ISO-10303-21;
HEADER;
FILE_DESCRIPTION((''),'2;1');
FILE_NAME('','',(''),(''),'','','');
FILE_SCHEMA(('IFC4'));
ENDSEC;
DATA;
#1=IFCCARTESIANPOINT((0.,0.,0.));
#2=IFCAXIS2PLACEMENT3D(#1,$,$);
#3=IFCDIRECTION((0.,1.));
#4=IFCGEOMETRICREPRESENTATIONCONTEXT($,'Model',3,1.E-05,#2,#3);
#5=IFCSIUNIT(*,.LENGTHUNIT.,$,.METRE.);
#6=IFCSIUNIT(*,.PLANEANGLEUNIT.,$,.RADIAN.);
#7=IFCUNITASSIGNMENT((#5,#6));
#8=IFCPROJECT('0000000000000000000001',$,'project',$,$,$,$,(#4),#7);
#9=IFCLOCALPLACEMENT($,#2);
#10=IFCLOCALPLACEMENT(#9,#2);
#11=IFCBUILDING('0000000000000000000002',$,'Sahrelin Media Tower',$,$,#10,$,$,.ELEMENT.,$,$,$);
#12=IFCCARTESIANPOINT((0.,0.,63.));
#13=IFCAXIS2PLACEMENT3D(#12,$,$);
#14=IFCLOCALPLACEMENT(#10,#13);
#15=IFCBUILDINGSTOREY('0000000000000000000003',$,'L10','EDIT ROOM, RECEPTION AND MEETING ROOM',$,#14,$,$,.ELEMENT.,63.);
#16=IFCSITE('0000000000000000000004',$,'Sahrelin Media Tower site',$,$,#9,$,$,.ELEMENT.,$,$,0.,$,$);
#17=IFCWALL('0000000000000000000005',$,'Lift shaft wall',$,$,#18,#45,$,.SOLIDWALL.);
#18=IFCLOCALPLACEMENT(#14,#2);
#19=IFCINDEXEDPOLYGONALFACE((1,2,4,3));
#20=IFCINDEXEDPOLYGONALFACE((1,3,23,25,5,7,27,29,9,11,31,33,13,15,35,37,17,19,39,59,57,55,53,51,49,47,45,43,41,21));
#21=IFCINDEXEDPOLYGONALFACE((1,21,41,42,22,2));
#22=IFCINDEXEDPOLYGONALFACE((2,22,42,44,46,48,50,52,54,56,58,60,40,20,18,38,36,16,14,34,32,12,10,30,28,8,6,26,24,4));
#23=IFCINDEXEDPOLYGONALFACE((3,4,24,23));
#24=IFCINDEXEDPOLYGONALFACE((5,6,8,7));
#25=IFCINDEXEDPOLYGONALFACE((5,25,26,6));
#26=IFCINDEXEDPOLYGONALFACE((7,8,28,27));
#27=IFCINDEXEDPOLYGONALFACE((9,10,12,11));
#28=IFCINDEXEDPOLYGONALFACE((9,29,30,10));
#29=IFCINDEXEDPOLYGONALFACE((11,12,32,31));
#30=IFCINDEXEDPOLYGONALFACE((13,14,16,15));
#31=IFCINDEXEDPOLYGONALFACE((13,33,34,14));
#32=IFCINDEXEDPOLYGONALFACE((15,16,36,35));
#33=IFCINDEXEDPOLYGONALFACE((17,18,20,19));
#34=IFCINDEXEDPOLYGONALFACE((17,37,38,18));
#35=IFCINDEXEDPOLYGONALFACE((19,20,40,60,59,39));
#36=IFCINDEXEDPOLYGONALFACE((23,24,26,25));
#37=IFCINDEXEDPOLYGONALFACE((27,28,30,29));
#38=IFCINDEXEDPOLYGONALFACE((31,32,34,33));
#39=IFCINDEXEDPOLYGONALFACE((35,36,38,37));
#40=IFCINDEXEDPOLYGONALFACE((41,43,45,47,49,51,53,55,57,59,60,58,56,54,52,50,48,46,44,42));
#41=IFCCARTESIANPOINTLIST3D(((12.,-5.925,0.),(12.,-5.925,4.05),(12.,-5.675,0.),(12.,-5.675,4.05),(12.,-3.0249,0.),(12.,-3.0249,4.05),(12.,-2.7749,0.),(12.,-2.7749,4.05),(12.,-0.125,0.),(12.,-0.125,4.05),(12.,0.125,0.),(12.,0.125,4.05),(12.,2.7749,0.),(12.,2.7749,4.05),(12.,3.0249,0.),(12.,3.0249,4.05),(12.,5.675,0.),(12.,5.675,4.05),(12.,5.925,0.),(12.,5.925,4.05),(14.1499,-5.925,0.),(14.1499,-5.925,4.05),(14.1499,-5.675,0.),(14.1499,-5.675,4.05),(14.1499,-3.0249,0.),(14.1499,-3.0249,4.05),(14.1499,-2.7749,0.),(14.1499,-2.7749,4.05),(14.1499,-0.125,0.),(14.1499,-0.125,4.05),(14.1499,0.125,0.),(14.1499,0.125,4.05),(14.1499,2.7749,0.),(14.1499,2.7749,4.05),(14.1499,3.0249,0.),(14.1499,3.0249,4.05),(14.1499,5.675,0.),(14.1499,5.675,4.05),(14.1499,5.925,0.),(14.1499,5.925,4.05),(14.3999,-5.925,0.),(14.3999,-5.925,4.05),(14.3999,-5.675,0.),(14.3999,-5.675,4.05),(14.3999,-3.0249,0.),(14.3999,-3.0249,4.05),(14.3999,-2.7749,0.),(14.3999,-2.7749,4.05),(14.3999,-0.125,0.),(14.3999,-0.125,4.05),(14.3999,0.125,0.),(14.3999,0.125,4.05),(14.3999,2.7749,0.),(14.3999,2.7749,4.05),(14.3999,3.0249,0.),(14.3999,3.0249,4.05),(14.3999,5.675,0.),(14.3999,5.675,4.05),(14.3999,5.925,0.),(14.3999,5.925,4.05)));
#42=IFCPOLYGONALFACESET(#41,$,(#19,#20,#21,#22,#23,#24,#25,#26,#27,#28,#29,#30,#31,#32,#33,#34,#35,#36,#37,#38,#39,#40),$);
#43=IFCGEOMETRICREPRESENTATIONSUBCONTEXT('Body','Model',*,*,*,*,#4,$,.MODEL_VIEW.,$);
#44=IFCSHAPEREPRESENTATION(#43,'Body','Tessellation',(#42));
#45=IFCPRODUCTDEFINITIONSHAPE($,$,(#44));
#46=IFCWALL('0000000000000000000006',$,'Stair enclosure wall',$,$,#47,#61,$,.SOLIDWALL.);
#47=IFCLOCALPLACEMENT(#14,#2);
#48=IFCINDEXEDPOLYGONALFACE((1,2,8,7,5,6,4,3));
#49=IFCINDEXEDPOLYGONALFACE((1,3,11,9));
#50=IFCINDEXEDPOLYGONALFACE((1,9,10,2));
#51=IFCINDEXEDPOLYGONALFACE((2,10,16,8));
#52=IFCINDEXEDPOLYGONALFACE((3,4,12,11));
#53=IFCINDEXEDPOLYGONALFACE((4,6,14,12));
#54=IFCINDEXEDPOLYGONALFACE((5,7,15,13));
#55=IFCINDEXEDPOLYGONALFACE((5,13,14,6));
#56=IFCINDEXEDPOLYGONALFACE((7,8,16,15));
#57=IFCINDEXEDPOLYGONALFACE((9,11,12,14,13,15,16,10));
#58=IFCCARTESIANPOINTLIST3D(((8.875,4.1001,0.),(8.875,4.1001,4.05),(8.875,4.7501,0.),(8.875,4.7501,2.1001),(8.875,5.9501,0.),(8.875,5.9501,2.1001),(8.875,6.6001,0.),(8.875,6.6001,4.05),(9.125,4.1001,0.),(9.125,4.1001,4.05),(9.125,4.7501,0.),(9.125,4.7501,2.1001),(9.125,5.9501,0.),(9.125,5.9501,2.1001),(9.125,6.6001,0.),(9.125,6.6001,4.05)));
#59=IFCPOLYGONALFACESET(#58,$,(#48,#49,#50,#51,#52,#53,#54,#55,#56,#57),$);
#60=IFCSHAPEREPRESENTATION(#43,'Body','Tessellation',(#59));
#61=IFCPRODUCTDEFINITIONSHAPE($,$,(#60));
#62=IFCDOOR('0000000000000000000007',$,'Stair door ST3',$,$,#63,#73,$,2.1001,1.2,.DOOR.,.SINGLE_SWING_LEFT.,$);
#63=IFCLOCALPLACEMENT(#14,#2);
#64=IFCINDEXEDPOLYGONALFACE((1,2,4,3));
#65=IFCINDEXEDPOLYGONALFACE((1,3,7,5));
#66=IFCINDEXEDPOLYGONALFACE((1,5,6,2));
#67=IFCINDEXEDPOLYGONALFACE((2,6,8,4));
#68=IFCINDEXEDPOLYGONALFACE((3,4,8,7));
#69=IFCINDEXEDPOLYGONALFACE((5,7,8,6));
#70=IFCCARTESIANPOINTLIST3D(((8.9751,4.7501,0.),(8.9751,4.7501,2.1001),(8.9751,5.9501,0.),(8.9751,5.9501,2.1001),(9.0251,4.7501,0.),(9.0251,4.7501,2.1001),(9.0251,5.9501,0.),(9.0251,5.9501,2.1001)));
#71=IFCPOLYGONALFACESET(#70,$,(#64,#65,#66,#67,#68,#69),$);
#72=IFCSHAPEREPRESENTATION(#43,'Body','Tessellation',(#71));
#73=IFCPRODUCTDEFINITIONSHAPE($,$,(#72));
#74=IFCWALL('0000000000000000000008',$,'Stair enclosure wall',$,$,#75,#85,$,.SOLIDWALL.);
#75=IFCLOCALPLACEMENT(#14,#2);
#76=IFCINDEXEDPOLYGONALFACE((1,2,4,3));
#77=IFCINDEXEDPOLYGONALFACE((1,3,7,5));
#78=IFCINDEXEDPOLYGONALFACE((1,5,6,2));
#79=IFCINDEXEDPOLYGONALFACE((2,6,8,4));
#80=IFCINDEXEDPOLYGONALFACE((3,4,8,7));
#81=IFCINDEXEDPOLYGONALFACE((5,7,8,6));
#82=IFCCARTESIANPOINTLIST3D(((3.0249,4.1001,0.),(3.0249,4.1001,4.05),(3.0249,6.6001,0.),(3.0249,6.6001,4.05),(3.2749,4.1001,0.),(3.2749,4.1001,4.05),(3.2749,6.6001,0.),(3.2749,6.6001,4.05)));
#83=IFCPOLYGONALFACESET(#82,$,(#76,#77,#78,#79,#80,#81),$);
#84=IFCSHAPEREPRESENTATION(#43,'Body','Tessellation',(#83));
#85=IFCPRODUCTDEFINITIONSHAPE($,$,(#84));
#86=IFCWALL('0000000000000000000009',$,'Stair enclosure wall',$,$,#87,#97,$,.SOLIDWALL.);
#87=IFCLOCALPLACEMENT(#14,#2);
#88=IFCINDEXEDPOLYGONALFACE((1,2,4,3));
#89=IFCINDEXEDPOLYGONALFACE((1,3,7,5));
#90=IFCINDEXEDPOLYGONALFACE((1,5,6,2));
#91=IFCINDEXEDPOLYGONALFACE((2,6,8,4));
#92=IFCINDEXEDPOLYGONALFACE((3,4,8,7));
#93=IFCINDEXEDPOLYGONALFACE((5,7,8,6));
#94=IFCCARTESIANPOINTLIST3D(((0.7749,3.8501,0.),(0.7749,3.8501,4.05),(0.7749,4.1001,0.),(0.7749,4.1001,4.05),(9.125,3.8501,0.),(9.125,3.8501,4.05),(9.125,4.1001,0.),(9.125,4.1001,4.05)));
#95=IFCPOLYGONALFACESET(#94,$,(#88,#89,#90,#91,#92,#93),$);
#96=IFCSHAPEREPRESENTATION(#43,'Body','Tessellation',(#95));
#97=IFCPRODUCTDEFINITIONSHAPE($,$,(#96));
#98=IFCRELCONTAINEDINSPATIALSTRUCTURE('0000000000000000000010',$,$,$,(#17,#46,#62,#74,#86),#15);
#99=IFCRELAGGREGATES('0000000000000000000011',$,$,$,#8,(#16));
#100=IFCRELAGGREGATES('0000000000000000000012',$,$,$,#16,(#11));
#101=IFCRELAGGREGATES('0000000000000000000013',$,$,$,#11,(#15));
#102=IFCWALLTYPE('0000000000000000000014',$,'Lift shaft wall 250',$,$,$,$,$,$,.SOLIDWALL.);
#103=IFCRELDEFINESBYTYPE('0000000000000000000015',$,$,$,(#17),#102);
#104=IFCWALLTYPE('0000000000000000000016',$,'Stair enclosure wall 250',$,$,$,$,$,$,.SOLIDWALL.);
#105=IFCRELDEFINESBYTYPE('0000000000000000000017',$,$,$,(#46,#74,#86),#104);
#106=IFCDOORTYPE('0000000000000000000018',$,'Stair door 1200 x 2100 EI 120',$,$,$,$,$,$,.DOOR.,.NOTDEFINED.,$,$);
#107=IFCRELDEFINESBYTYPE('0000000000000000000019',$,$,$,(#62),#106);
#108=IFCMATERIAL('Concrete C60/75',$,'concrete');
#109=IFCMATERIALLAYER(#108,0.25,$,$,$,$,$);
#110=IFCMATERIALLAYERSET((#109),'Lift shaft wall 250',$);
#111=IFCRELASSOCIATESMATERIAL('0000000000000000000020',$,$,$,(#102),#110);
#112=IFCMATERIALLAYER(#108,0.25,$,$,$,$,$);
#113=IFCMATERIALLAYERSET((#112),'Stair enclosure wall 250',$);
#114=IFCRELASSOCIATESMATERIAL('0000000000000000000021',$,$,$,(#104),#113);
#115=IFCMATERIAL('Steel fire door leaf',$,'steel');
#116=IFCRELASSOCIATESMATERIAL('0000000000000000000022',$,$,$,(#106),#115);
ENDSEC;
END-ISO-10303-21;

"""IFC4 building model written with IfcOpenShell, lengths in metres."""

from ifc_helpers import new_model, si_unit, direction, frame, frame_2d, origin, place, context, subcontext, project, spatial, polyline, rectangle, outline, extrude, material, layer, layer_set, type_object, element, fill, save


model = new_model("IFC4")

# Units and contexts
model_context = context("Model", 3, precision=1e-05, world=origin(), true_north=direction((0.0, 1.0)))
body_context = subcontext(model_context, "Body", "Model", "MODEL_VIEW")
ifc_project = project(units=[si_unit("LENGTHUNIT", "METRE"), si_unit("PLANEANGLEUNIT", "RADIAN")], contexts=[model_context])

# Site, building, storey
site_placement = place(None, origin())
site = spatial("IfcSite", under=ifc_project, at=site_placement, Name="Sahrelin Media Tower site", CompositionType="ELEMENT", RefElevation=0.0)
building_placement = place(site_placement, origin())
building = spatial("IfcBuilding", under=site, at=building_placement, Name="Sahrelin Media Tower", CompositionType="ELEMENT")
storey_placement = place(building_placement, frame((0.0, 0.0, 63.0)))
storey = spatial("IfcBuildingStorey", under=building, at=storey_placement, Name="L10", Description="EDIT ROOM, RECEPTION AND MEETING ROOM", CompositionType="ELEMENT", Elevation=63.0)

# Shared definitions
ifc_material_1 = material(Name="Steel fire door leaf", Category="steel")

# Wall
ifc_material_2 = material(Name="Concrete C60/75", Category="concrete")
ifc_layer_1 = layer(ifc_material_2, 0.25)
ifc_layer_set_1 = layer_set([ifc_layer_1], Name="Lift shaft wall 250")
wall_type_1 = type_object("IfcWallType", Name="Lift shaft wall 250", PredefinedType="SOLIDWALL", material=ifc_layer_set_1)
placement = place(storey_placement, origin())
element("IfcWall", 1, at=placement, inside=storey, type_object=wall_type_1, Name="Lift shaft wall", PredefinedType="SOLIDWALL", context=body_context, shape_type="SweptSolid", body=[
    extrude(outline(polyline([(12.0, -5.675), (12.0, -5.925), (14.1499, -5.925), (14.3999, -5.925), (14.3999, -5.675), (14.3999, -3.0249), (14.3999, -2.7749), (14.3999, -0.125), (14.3999, 0.125), (14.3999, 2.7749), (14.3999, 3.0249), (14.3999, 5.675), (14.3999, 5.925), (14.1499, 5.925), (12.0, 5.925), (12.0, 5.675), (14.1499, 5.675), (14.1499, 3.0249), (12.0, 3.0249), (12.0, 2.7749), (14.1499, 2.7749), (14.1499, 0.125), (12.0, 0.125), (12.0, -0.125), (14.1499, -0.125), (14.1499, -2.7749), (12.0, -2.7749), (12.0, -3.0249), (14.1499, -3.0249), (14.1499, -5.675), (12.0, -5.675)])), origin(), (0.0, 0.0, 1.0), 4.05),
])

# Wall, opening, door
ifc_layer_2 = layer(ifc_material_2, 0.25)
ifc_layer_set_2 = layer_set([ifc_layer_2], Name="Stair enclosure wall 250")
wall_type_2 = type_object("IfcWallType", Name="Stair enclosure wall 250", PredefinedType="SOLIDWALL", material=ifc_layer_set_2)
wall_1_placement = place(storey_placement, frame((9.0, 4.1001, 0.0), z_axis=(0.0, 0.0, 1.0), x_axis=(0.0, 1.0, 0.0)))
wall_1 = element("IfcWall", 2, at=wall_1_placement, inside=storey, type_object=wall_type_2, Name="Stair enclosure wall", PredefinedType="SOLIDWALL", context=body_context, shape_type="SweptSolid", body=[
    extrude(rectangle(XDim=2.5, YDim=0.25, at=frame_2d((1.25, 0.0))), origin(), (0.0, 0.0, 1.0), 4.05),
])
opening_1_placement = place(wall_1_placement, frame((0.6499, 0.0, 0.0)))
opening_1 = element("IfcOpeningElement", 3, at=opening_1_placement, cuts=wall_1, PredefinedType="OPENING", context=body_context, shape_type="SweptSolid", body=[
    extrude(rectangle(XDim=1.2, YDim=2.1001, at=frame_2d((0.6001, 1.05))), frame((0.0, 0.125, 0.0), z_axis=(0.0, -1.0, 0.0), x_axis=(1.0, 0.0, 0.0)), (0.0, 0.0, 1.0), 0.25),
])
door_type_1 = type_object("IfcDoorType", Name="Stair door 1200 x 2100 EI 120", OperationType="NOTDEFINED", PredefinedType="DOOR", material=ifc_material_1)
door_1_placement = place(opening_1_placement, origin())
door_1 = element("IfcDoor", 4, at=door_1_placement, inside=storey, type_object=door_type_1, Name="Stair door ST3", OperationType="SINGLE_SWING_LEFT", OverallHeight=2.1001, OverallWidth=1.2, PredefinedType="DOOR", context=body_context, shape_type="SweptSolid", body=[
    extrude(rectangle(XDim=1.2, YDim=2.1001, at=frame_2d((0.6001, 1.05))), frame((0.0, 0.0249, 0.0), z_axis=(0.0, -1.0, 0.0), x_axis=(1.0, 0.0, 0.0)), (0.0, 0.0, 1.0), 0.05),
])
fill(opening_1, door_1)

# Walls
wall_2_placement = place(storey_placement, frame((3.1499, 4.1001, 0.0), z_axis=(0.0, 0.0, 1.0), x_axis=(0.0, 1.0, 0.0)))
element("IfcWall", 5, at=wall_2_placement, inside=storey, type_object=wall_type_2, Name="Stair enclosure wall", PredefinedType="SOLIDWALL", context=body_context, shape_type="SweptSolid", body=[
    extrude(rectangle(XDim=2.5, YDim=0.25, at=frame_2d((1.25, 0.0))), origin(), (0.0, 0.0, 1.0), 4.05),
])
wall_3_placement = place(storey_placement, frame((0.7749, 3.9751, 0.0), z_axis=(0.0, 0.0, 1.0), x_axis=(1.0, 0.0, 0.0)))
element("IfcWall", 6, at=wall_3_placement, inside=storey, type_object=wall_type_2, Name="Stair enclosure wall", PredefinedType="SOLIDWALL", context=body_context, shape_type="SweptSolid", body=[
    extrude(rectangle(XDim=8.3501, YDim=0.25, at=frame_2d((4.175, 0.0))), origin(), (0.0, 0.0, 1.0), 4.05),
])

save(model, "model.ifc")
